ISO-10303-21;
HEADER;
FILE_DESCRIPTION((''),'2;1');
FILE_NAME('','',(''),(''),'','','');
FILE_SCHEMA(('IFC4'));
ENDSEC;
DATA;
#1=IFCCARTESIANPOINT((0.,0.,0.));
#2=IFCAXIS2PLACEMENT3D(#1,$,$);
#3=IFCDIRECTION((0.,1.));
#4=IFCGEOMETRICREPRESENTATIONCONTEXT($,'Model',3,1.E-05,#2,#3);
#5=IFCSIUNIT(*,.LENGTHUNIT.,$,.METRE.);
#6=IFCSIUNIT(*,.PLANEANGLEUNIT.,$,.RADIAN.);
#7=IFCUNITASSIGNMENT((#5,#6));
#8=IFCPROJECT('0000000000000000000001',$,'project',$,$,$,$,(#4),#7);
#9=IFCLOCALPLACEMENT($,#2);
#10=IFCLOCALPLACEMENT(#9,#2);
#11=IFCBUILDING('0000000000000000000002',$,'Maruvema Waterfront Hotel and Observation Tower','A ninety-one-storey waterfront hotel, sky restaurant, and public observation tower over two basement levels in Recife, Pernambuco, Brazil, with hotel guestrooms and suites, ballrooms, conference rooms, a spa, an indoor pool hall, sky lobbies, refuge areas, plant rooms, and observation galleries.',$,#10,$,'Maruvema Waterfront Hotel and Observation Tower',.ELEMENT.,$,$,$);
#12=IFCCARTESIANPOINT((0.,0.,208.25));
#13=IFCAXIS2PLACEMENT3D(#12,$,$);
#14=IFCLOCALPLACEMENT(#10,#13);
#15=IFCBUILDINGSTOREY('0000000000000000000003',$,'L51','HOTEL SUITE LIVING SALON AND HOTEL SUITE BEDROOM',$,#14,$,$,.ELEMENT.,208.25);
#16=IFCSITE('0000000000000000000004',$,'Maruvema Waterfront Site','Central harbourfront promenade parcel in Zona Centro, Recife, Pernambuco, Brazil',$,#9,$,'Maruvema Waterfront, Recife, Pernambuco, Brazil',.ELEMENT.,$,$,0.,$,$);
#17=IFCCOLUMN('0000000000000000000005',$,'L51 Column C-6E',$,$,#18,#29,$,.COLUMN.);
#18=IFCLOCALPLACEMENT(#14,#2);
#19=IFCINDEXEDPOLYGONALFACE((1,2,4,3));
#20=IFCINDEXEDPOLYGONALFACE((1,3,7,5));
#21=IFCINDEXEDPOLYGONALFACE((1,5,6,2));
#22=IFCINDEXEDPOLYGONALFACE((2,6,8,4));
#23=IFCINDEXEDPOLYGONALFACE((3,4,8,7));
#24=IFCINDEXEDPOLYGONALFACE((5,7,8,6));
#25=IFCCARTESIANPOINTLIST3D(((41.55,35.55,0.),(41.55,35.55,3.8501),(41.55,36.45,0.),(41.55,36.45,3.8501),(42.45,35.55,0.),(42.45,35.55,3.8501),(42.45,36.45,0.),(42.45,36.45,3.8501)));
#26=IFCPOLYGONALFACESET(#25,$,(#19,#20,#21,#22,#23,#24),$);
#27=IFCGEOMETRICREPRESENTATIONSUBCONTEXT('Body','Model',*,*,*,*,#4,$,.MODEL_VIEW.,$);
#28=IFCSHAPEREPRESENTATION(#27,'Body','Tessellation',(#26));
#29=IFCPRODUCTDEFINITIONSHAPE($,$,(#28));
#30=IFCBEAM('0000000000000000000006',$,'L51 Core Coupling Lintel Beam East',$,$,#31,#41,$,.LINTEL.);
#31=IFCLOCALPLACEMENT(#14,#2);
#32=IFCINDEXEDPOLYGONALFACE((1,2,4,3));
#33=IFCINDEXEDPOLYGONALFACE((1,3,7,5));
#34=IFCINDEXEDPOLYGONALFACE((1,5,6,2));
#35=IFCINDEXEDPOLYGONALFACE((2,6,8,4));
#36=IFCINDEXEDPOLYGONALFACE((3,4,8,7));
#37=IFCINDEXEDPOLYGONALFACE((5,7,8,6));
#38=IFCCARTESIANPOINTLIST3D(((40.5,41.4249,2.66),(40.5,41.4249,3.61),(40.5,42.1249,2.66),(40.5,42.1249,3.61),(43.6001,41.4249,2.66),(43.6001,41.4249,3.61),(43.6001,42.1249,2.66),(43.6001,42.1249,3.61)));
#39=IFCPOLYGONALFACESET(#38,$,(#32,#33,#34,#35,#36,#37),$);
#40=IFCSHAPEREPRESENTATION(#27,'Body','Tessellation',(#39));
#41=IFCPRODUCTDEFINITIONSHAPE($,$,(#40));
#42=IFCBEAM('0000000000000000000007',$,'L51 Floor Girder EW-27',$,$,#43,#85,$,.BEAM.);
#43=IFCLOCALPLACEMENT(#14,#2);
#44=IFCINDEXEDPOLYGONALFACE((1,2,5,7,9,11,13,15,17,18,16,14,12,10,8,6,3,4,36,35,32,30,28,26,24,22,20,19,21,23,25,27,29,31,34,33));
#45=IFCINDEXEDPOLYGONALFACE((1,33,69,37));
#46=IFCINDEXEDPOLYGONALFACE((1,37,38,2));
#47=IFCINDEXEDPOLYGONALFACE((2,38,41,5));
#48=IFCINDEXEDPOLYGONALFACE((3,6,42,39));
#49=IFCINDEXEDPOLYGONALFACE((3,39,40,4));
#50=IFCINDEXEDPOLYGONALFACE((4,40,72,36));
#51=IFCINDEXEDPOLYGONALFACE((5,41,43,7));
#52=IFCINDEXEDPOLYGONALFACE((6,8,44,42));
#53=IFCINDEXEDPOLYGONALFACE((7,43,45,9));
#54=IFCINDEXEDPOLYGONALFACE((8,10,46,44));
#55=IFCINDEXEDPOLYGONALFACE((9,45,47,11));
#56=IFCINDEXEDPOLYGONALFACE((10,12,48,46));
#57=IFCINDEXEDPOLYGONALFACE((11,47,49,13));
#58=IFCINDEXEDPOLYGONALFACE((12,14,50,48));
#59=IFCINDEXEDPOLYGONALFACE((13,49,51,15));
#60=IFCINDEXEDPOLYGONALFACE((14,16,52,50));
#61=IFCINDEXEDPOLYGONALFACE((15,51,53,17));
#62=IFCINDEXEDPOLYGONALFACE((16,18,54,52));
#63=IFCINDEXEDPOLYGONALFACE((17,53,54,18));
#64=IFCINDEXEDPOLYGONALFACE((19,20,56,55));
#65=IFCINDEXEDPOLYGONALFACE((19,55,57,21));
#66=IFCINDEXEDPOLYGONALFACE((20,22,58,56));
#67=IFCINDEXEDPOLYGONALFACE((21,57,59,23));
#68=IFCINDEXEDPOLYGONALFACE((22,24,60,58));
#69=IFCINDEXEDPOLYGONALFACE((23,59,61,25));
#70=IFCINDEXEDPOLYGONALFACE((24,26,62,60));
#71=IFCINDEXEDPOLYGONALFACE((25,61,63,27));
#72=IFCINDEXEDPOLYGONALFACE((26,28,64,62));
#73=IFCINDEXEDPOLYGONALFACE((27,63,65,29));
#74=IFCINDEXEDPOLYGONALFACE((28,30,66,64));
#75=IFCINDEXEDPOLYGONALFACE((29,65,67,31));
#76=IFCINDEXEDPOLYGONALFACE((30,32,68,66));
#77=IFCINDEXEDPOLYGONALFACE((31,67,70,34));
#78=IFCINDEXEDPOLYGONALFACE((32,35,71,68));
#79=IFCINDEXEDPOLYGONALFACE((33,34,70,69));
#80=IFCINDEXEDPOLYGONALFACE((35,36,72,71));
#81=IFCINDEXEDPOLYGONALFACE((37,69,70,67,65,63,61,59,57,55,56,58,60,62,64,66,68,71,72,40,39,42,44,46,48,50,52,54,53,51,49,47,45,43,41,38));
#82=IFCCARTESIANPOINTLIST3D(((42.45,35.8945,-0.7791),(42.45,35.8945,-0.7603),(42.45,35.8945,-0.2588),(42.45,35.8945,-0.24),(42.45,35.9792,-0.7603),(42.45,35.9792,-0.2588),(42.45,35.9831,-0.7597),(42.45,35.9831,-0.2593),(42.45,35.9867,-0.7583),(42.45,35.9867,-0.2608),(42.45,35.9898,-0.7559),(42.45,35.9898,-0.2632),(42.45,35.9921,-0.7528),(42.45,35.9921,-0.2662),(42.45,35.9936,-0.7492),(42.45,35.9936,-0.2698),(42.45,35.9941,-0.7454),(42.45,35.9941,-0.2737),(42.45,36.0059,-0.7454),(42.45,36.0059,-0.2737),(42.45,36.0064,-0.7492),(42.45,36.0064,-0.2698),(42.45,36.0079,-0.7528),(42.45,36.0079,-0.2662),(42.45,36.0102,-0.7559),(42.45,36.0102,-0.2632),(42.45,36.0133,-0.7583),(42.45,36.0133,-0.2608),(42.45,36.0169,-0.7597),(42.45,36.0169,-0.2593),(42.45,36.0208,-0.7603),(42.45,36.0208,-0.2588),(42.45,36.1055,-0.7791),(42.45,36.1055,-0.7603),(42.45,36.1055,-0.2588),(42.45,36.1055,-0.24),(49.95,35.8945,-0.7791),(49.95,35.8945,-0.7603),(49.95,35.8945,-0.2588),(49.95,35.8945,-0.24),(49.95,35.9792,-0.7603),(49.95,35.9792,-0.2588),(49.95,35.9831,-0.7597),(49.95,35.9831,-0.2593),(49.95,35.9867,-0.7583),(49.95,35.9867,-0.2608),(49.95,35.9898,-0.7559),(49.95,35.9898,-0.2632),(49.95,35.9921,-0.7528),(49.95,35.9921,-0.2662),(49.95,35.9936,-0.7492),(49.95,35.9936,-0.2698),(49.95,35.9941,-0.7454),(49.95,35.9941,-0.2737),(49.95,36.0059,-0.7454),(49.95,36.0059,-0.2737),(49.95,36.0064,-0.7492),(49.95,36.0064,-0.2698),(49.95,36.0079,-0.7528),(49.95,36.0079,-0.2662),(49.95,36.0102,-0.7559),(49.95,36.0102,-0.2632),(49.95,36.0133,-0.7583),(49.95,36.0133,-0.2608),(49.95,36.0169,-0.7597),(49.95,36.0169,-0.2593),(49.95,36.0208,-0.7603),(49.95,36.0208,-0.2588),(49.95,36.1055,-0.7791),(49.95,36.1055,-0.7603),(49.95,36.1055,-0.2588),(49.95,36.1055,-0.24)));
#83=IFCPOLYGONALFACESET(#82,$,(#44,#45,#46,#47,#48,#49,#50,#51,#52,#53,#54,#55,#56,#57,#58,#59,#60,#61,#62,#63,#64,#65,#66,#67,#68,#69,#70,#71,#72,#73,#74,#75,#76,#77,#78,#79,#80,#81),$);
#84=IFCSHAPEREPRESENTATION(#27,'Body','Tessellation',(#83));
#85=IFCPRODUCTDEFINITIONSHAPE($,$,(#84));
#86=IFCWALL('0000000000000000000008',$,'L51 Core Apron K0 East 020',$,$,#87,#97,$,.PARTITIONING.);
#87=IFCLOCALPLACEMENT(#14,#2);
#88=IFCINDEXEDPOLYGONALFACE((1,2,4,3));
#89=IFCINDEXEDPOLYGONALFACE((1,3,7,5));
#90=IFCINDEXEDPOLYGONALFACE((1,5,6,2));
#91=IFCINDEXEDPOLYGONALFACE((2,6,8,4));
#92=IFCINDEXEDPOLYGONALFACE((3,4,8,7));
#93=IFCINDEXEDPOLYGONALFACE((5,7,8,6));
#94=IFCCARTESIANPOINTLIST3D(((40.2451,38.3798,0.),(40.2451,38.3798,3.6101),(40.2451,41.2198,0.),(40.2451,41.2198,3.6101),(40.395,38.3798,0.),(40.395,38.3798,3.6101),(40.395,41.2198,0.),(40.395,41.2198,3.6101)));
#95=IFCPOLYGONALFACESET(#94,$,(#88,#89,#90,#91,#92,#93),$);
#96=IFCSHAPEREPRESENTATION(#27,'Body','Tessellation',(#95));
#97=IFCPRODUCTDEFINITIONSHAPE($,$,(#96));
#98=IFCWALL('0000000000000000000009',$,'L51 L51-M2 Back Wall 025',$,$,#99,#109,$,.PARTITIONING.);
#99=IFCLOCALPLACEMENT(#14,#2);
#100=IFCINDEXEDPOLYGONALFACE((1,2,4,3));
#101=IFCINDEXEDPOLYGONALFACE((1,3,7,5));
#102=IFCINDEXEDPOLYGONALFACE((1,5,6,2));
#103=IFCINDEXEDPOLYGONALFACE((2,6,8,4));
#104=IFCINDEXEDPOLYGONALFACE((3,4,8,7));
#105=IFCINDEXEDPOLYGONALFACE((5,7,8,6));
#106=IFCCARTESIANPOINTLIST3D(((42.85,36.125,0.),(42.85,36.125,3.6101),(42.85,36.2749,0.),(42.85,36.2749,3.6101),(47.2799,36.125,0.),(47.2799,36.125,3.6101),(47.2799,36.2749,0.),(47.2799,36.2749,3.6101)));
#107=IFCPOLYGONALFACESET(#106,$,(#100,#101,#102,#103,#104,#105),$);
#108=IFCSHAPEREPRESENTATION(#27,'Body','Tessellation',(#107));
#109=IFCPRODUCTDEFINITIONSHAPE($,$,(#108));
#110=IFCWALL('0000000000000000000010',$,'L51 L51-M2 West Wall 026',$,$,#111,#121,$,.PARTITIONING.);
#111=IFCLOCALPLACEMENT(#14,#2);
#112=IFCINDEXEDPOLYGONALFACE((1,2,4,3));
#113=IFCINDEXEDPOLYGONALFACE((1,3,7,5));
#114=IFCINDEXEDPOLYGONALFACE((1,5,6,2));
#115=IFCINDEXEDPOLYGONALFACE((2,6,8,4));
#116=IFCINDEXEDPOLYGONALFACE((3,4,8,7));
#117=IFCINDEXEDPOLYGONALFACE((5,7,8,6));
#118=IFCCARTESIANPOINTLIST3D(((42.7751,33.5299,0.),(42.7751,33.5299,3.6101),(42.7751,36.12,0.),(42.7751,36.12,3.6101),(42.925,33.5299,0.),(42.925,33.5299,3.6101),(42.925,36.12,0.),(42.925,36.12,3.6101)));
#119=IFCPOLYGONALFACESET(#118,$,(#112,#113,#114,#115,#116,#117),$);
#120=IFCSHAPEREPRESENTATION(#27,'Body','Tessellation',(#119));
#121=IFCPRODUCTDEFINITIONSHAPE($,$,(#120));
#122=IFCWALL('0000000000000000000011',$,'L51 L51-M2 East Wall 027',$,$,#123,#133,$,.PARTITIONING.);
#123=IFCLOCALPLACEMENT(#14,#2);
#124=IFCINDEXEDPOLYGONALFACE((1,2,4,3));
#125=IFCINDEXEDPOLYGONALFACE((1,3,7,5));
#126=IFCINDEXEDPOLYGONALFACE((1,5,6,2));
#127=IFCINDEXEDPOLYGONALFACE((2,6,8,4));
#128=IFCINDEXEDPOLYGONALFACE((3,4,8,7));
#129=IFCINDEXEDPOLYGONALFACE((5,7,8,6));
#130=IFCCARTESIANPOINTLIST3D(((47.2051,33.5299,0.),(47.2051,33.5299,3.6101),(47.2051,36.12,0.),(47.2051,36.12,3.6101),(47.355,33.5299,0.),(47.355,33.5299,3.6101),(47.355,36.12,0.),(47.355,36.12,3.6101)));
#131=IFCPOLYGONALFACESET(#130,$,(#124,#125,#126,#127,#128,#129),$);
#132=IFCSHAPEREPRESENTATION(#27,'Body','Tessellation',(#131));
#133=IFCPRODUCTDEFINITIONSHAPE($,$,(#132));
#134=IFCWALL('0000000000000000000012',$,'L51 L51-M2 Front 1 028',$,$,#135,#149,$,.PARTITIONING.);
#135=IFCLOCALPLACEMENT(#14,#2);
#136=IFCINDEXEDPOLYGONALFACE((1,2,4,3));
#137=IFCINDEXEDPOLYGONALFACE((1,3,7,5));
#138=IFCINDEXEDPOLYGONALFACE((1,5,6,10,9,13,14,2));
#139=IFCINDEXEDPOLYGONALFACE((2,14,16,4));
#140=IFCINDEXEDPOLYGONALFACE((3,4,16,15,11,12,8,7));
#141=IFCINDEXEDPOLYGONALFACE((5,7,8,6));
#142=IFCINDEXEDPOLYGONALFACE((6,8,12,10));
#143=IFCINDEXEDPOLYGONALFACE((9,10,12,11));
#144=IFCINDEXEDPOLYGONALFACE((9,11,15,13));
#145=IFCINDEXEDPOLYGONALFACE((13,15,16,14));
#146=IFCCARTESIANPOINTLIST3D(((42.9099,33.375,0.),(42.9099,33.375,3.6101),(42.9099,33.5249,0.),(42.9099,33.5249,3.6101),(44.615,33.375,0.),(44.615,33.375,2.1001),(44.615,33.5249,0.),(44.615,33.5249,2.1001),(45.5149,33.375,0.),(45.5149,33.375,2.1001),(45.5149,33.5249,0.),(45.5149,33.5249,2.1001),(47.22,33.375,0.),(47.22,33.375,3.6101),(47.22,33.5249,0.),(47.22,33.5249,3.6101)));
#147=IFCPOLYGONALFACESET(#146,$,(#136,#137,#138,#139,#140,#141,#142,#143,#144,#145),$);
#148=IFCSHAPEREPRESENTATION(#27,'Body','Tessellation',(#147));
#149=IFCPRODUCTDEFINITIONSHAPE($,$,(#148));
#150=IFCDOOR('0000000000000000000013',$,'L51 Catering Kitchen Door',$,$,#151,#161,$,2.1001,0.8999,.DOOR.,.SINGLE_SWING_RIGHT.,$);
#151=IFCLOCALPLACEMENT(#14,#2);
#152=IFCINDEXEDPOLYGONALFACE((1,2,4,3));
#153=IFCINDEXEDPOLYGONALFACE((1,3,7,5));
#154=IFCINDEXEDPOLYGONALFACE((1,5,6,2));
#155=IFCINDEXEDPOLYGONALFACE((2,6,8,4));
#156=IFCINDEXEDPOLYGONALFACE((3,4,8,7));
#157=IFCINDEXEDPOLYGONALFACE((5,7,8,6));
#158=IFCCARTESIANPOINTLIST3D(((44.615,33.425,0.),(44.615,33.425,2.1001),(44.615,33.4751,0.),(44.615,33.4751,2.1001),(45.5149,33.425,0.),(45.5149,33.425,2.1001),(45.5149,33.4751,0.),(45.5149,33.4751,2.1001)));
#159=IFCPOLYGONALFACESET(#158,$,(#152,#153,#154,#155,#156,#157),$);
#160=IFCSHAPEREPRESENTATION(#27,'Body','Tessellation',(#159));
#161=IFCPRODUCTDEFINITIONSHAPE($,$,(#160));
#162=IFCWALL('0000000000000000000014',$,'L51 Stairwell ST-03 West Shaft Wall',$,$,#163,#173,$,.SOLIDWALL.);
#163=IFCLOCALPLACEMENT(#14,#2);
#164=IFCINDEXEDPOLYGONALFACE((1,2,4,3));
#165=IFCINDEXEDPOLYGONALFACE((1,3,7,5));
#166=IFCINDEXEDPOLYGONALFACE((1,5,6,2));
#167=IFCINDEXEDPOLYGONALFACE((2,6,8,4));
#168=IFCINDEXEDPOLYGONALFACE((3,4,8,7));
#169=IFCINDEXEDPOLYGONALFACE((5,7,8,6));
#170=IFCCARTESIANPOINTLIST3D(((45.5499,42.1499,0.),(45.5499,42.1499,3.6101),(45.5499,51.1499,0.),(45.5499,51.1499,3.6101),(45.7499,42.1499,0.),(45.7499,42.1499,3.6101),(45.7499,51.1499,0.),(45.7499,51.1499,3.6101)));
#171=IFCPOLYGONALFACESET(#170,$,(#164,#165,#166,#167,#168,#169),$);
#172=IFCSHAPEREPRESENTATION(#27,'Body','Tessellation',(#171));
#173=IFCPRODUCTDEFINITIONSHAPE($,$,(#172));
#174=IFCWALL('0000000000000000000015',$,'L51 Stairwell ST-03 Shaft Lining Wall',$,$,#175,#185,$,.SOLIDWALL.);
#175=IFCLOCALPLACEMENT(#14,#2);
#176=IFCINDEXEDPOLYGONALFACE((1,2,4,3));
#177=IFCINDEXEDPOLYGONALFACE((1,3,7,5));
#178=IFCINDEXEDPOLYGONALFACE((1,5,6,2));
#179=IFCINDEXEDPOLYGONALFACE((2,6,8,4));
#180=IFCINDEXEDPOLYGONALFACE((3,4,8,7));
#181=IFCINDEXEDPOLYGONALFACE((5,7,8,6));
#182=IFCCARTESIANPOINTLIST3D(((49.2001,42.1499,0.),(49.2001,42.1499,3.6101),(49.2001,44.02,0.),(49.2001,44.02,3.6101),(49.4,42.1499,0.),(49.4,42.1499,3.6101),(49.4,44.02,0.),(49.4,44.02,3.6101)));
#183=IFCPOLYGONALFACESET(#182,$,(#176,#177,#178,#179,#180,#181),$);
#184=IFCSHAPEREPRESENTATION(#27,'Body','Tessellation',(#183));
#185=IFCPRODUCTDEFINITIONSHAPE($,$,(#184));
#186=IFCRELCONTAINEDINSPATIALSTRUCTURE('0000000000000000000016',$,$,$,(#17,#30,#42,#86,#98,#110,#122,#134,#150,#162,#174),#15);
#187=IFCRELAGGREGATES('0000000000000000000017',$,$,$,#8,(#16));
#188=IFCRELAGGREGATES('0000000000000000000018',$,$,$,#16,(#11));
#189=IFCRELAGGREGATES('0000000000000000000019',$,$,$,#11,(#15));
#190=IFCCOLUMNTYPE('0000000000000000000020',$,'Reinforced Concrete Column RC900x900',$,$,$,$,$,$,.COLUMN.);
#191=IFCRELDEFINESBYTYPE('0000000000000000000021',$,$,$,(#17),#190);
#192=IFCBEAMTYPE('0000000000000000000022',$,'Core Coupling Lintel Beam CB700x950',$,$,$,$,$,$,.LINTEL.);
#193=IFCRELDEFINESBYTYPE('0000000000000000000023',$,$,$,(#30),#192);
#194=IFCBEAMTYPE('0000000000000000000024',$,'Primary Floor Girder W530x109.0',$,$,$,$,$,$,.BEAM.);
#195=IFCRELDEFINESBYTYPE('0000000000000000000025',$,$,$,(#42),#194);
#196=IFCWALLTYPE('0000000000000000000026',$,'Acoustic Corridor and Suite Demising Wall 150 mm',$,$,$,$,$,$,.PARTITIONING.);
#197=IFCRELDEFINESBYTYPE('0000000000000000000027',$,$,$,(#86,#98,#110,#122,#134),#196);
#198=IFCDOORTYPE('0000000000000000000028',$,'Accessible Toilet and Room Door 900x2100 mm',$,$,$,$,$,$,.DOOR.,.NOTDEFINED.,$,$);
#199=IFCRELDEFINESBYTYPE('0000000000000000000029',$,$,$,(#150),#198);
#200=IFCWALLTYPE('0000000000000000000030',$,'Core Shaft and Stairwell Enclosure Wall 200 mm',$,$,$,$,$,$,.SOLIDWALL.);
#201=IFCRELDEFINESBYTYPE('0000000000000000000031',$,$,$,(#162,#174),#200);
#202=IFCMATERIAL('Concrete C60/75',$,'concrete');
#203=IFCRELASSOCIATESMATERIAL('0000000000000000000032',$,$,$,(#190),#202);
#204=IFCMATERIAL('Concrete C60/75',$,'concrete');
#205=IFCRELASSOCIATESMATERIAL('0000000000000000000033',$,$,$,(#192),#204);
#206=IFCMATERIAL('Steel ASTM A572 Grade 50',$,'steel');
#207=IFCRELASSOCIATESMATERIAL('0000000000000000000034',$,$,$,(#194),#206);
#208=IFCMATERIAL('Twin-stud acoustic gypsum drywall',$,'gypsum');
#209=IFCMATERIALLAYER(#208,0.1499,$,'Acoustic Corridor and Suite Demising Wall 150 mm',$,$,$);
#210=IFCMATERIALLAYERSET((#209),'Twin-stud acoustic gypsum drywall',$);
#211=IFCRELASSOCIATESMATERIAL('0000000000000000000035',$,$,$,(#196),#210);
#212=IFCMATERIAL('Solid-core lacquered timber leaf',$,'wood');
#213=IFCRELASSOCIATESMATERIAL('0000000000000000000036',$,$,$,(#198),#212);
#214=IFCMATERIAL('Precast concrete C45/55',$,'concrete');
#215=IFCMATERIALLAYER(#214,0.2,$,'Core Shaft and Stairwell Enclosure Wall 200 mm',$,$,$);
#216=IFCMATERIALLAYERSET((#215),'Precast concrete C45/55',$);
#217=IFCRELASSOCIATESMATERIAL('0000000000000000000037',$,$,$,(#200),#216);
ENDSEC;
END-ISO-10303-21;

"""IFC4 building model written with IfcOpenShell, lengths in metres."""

from ifc_helpers import new_model, si_unit, direction, frame, frame_2d, origin, origin_2d, place, context, subcontext, project, spatial, rectangle, i_section, extrude, material, layer, layer_set, material_profile, profile_set, type_object, element, fill, save


model = new_model("IFC4")

# Units and contexts
model_context = context("Model", 3, precision=1e-05, world=origin(), true_north=direction((0.0, 1.0)))
body_context = subcontext(model_context, "Body", "Model", "MODEL_VIEW")
ifc_project = project(units=[si_unit("LENGTHUNIT", "METRE"), si_unit("PLANEANGLEUNIT", "RADIAN")], contexts=[model_context])

# Site, building, storey
site_placement = place(None, origin())
site = spatial("IfcSite", under=ifc_project, at=site_placement, Name="Maruvema Waterfront Site", Description="Central harbourfront promenade parcel in Zona Centro, Recife, Pernambuco, Brazil", LongName="Maruvema Waterfront, Recife, Pernambuco, Brazil", CompositionType="ELEMENT", RefElevation=0.0)
building_placement = place(site_placement, origin())
building = spatial("IfcBuilding", under=site, at=building_placement, Name="Maruvema Waterfront Hotel and Observation Tower", Description="A ninety-one-storey waterfront hotel, sky restaurant, and public observation tower over two basement levels in Recife, Pernambuco, Brazil, with hotel guestrooms and suites, ballrooms, conference rooms, a spa, an indoor pool hall, sky lobbies, refuge areas, plant rooms, and observation galleries.", LongName="Maruvema Waterfront Hotel and Observation Tower", CompositionType="ELEMENT")
storey_placement = place(building_placement, frame((0.0, 0.0, 208.25)))
storey = spatial("IfcBuildingStorey", under=building, at=storey_placement, Name="L51", Description="HOTEL SUITE LIVING SALON AND HOTEL SUITE BEDROOM", CompositionType="ELEMENT", Elevation=208.25)

# Column
ifc_material_1 = material(Name="Concrete C60/75", Category="concrete")
ifc_material_profile_1 = material_profile(ifc_material_1, rectangle(XDim=0.8999, YDim=0.8999, at=origin_2d()), Name="RC900x900")
ifc_profile_set_1 = profile_set([ifc_material_profile_1], Name="Concrete C60/75")
column_type = type_object("IfcColumnType", Name="Reinforced Concrete Column RC900x900", PredefinedType="COLUMN", material=ifc_profile_set_1)
column_placement = place(storey_placement, frame((42.0, 36.0, 0.0), z_axis=(0.0, 0.0, 1.0), x_axis=(1.0, 0.0, 0.0)))
element("IfcColumn", 1, at=column_placement, inside=storey, type_object=column_type, Name="L51 Column C-6E", PredefinedType="COLUMN", context=body_context, shape_type="SweptSolid", body=[
    extrude(rectangle(XDim=0.8999, YDim=0.8999, at=origin_2d()), origin(), (0.0, 0.0, 1.0), 3.8501),
])

# Beams
ifc_material_2 = material(Name="Concrete C60/75", Category="concrete")
ifc_material_profile_2 = material_profile(ifc_material_2, rectangle(XDim=0.7, YDim=0.95, at=origin_2d()), Name="CB700x950")
ifc_profile_set_2 = profile_set([ifc_material_profile_2], Name="Concrete C60/75")
beam_type_1 = type_object("IfcBeamType", Name="Core Coupling Lintel Beam CB700x950", PredefinedType="LINTEL", material=ifc_profile_set_2)
beam_1_placement = place(storey_placement, frame((40.5, 41.7749, 3.135), z_axis=(1.0, 0.0, 0.0), x_axis=(0.0, 1.0, 0.0)))
element("IfcBeam", 2, at=beam_1_placement, inside=storey, type_object=beam_type_1, Name="L51 Core Coupling Lintel Beam East", PredefinedType="LINTEL", context=body_context, shape_type="SweptSolid", body=[
    extrude(rectangle(XDim=0.7, YDim=0.95, at=origin_2d()), origin(), (0.0, 0.0, 1.0), 3.1001),
])
ifc_material_3 = material(Name="Steel ASTM A572 Grade 50", Category="steel")
ifc_material_profile_3 = material_profile(ifc_material_3, i_section(OverallWidth=0.2109, OverallDepth=0.5391, WebThickness=0.0117, FlangeThickness=0.0188, FilletRadius=0.0149, at=origin_2d()), Name="W530x109.0")
ifc_profile_set_3 = profile_set([ifc_material_profile_3], Name="Steel ASTM A572 Grade 50")
beam_type_2 = type_object("IfcBeamType", Name="Primary Floor Girder W530x109.0", PredefinedType="BEAM", material=ifc_profile_set_3)
beam_2_placement = place(storey_placement, frame((42.45, 36.0, -0.5095), z_axis=(1.0, 0.0, 0.0), x_axis=(0.0, 1.0, 0.0)))
element("IfcBeam", 3, at=beam_2_placement, inside=storey, type_object=beam_type_2, Name="L51 Floor Girder EW-27", PredefinedType="BEAM", context=body_context, shape_type="SweptSolid", body=[
    extrude(i_section(OverallWidth=0.2109, OverallDepth=0.5391, WebThickness=0.0117, FlangeThickness=0.0188, FilletRadius=0.0149, at=origin_2d()), origin(), (0.0, 0.0, 1.0), 7.5),
])

# Walls
ifc_material_4 = material(Name="Twin-stud acoustic gypsum drywall", Category="gypsum")
ifc_layer_1 = layer(ifc_material_4, 0.1499, Name="Acoustic Corridor and Suite Demising Wall 150 mm")
ifc_layer_set_1 = layer_set([ifc_layer_1], Name="Twin-stud acoustic gypsum drywall")
wall_type_1 = type_object("IfcWallType", Name="Acoustic Corridor and Suite Demising Wall 150 mm", PredefinedType="PARTITIONING", material=ifc_layer_set_1)
wall_1_placement = place(storey_placement, frame((40.3201, 38.3799, 0.0), z_axis=(0.0, 0.0, 1.0), x_axis=(0.0, 1.0, 0.0)))
element("IfcWall", 4, at=wall_1_placement, inside=storey, type_object=wall_type_1, Name="L51 Core Apron K0 East 020", PredefinedType="PARTITIONING", context=body_context, shape_type="SweptSolid", body=[
    extrude(rectangle(XDim=2.8401, YDim=0.1499, at=frame_2d((1.4199, 0.0))), origin(), (0.0, 0.0, 1.0), 3.6101),
])
wall_2_placement = place(storey_placement, frame((42.8501, 36.2, 0.0), z_axis=(0.0, 0.0, 1.0), x_axis=(1.0, 0.0, 0.0)))
element("IfcWall", 5, at=wall_2_placement, inside=storey, type_object=wall_type_1, Name="L51 L51-M2 Back Wall 025", PredefinedType="PARTITIONING", context=body_context, shape_type="SweptSolid", body=[
    extrude(rectangle(XDim=4.4299, YDim=0.1499, at=frame_2d((2.2148, 0.0))), origin(), (0.0, 0.0, 1.0), 3.6101),
])
for number, where, z_axis, x_axis, name in (
    (6, (42.8501, 33.53, 0.0), (0.0, 0.0, 1.0), (0.0, 1.0, 0.0), "L51 L51-M2 West Wall 026"),
    (7, (47.28, 33.53, 0.0), (0.0, 0.0, 1.0), (0.0, 1.0, 0.0), "L51 L51-M2 East Wall 027"),
):
    element("IfcWall", number, at=place(storey_placement, frame(where, z_axis=z_axis, x_axis=x_axis)), inside=storey, type_object=wall_type_1, Name=name, PredefinedType="PARTITIONING", context=body_context, shape_type="SweptSolid", body=[
        extrude(rectangle(XDim=2.5901, YDim=0.1499, at=frame_2d((1.2949, 0.0))), origin(), (0.0, 0.0, 1.0), 3.6101),
    ])

# Wall, opening, door
wall_3_placement = place(storey_placement, frame((42.9099, 33.45, 0.0), z_axis=(0.0, 0.0, 1.0), x_axis=(1.0, 0.0, 0.0)))
wall_3 = element("IfcWall", 8, at=wall_3_placement, inside=storey, type_object=wall_type_1, Name="L51 L51-M2 Front 1 028", PredefinedType="PARTITIONING", context=body_context, shape_type="SweptSolid", body=[
    extrude(rectangle(XDim=4.3101, YDim=0.1499, at=frame_2d((2.155, 0.0))), origin(), (0.0, 0.0, 1.0), 3.6101),
])
opening_1_placement = place(wall_3_placement, frame((1.7051, 0.0, 0.0)))
opening_1 = element("IfcOpeningElement", 9, at=opening_1_placement, cuts=wall_3, PredefinedType="OPENING", context=body_context, shape_type="SweptSolid", body=[
    extrude(rectangle(XDim=0.8999, YDim=2.1001, at=frame_2d((0.45, 1.05))), frame((0.0, 0.085, 0.0), z_axis=(0.0, -1.0, 0.0), x_axis=(1.0, 0.0, 0.0)), (0.0, 0.0, 1.0), 0.1699),
])
ifc_material_5 = material(Name="Solid-core lacquered timber leaf", Category="wood")
door_type_1 = type_object("IfcDoorType", Name="Accessible Toilet and Room Door 900x2100 mm", OperationType="NOTDEFINED", PredefinedType="DOOR", material=ifc_material_5)
door_1_placement = place(opening_1_placement, frame((0.8999, 0.0, 0.0), z_axis=(0.0, 0.0, 1.0), x_axis=(-1.0, 0.0, 0.0)))
door_1 = element("IfcDoor", 10, at=door_1_placement, inside=storey, type_object=door_type_1, Name="L51 Catering Kitchen Door", OperationType="SINGLE_SWING_RIGHT", OverallHeight=2.1001, OverallWidth=0.8999, PredefinedType="DOOR", context=body_context, shape_type="SweptSolid", body=[
    extrude(rectangle(XDim=0.8999, YDim=2.1001, at=frame_2d((0.45, 1.05))), frame((0.0, 0.0249, 0.0), z_axis=(0.0, -1.0, 0.0), x_axis=(1.0, 0.0, 0.0)), (0.0, 0.0, 1.0), 0.05),
])
fill(opening_1, door_1)

# Walls
ifc_material_6 = material(Name="Precast concrete C45/55", Category="concrete")
ifc_layer_2 = layer(ifc_material_6, 0.2, Name="Core Shaft and Stairwell Enclosure Wall 200 mm")
ifc_layer_set_2 = layer_set([ifc_layer_2], Name="Precast concrete C45/55")
wall_type_2 = type_object("IfcWallType", Name="Core Shaft and Stairwell Enclosure Wall 200 mm", PredefinedType="SOLIDWALL", material=ifc_layer_set_2)
wall_4_placement = place(storey_placement, frame((45.6499, 42.1499, 0.0), z_axis=(0.0, 0.0, 1.0), x_axis=(0.0, 1.0, 0.0)))
element("IfcWall", 11, at=wall_4_placement, inside=storey, type_object=wall_type_2, Name="L51 Stairwell ST-03 West Shaft Wall", PredefinedType="SOLIDWALL", context=body_context, shape_type="SweptSolid", body=[
    extrude(rectangle(XDim=9.0, YDim=0.2, at=frame_2d((4.5, 0.0))), origin(), (0.0, 0.0, 1.0), 3.6101),
])
wall_5_placement = place(storey_placement, frame((49.3, 42.1499, 0.0), z_axis=(0.0, 0.0, 1.0), x_axis=(0.0, 1.0, 0.0)))
element("IfcWall", 12, at=wall_5_placement, inside=storey, type_object=wall_type_2, Name="L51 Stairwell ST-03 Shaft Lining Wall", PredefinedType="SOLIDWALL", context=body_context, shape_type="SweptSolid", body=[
    extrude(rectangle(XDim=1.8701, YDim=0.2, at=frame_2d((0.9351, 0.0))), origin(), (0.0, 0.0, 1.0), 3.6101),
])

save(model, "model.ifc")
